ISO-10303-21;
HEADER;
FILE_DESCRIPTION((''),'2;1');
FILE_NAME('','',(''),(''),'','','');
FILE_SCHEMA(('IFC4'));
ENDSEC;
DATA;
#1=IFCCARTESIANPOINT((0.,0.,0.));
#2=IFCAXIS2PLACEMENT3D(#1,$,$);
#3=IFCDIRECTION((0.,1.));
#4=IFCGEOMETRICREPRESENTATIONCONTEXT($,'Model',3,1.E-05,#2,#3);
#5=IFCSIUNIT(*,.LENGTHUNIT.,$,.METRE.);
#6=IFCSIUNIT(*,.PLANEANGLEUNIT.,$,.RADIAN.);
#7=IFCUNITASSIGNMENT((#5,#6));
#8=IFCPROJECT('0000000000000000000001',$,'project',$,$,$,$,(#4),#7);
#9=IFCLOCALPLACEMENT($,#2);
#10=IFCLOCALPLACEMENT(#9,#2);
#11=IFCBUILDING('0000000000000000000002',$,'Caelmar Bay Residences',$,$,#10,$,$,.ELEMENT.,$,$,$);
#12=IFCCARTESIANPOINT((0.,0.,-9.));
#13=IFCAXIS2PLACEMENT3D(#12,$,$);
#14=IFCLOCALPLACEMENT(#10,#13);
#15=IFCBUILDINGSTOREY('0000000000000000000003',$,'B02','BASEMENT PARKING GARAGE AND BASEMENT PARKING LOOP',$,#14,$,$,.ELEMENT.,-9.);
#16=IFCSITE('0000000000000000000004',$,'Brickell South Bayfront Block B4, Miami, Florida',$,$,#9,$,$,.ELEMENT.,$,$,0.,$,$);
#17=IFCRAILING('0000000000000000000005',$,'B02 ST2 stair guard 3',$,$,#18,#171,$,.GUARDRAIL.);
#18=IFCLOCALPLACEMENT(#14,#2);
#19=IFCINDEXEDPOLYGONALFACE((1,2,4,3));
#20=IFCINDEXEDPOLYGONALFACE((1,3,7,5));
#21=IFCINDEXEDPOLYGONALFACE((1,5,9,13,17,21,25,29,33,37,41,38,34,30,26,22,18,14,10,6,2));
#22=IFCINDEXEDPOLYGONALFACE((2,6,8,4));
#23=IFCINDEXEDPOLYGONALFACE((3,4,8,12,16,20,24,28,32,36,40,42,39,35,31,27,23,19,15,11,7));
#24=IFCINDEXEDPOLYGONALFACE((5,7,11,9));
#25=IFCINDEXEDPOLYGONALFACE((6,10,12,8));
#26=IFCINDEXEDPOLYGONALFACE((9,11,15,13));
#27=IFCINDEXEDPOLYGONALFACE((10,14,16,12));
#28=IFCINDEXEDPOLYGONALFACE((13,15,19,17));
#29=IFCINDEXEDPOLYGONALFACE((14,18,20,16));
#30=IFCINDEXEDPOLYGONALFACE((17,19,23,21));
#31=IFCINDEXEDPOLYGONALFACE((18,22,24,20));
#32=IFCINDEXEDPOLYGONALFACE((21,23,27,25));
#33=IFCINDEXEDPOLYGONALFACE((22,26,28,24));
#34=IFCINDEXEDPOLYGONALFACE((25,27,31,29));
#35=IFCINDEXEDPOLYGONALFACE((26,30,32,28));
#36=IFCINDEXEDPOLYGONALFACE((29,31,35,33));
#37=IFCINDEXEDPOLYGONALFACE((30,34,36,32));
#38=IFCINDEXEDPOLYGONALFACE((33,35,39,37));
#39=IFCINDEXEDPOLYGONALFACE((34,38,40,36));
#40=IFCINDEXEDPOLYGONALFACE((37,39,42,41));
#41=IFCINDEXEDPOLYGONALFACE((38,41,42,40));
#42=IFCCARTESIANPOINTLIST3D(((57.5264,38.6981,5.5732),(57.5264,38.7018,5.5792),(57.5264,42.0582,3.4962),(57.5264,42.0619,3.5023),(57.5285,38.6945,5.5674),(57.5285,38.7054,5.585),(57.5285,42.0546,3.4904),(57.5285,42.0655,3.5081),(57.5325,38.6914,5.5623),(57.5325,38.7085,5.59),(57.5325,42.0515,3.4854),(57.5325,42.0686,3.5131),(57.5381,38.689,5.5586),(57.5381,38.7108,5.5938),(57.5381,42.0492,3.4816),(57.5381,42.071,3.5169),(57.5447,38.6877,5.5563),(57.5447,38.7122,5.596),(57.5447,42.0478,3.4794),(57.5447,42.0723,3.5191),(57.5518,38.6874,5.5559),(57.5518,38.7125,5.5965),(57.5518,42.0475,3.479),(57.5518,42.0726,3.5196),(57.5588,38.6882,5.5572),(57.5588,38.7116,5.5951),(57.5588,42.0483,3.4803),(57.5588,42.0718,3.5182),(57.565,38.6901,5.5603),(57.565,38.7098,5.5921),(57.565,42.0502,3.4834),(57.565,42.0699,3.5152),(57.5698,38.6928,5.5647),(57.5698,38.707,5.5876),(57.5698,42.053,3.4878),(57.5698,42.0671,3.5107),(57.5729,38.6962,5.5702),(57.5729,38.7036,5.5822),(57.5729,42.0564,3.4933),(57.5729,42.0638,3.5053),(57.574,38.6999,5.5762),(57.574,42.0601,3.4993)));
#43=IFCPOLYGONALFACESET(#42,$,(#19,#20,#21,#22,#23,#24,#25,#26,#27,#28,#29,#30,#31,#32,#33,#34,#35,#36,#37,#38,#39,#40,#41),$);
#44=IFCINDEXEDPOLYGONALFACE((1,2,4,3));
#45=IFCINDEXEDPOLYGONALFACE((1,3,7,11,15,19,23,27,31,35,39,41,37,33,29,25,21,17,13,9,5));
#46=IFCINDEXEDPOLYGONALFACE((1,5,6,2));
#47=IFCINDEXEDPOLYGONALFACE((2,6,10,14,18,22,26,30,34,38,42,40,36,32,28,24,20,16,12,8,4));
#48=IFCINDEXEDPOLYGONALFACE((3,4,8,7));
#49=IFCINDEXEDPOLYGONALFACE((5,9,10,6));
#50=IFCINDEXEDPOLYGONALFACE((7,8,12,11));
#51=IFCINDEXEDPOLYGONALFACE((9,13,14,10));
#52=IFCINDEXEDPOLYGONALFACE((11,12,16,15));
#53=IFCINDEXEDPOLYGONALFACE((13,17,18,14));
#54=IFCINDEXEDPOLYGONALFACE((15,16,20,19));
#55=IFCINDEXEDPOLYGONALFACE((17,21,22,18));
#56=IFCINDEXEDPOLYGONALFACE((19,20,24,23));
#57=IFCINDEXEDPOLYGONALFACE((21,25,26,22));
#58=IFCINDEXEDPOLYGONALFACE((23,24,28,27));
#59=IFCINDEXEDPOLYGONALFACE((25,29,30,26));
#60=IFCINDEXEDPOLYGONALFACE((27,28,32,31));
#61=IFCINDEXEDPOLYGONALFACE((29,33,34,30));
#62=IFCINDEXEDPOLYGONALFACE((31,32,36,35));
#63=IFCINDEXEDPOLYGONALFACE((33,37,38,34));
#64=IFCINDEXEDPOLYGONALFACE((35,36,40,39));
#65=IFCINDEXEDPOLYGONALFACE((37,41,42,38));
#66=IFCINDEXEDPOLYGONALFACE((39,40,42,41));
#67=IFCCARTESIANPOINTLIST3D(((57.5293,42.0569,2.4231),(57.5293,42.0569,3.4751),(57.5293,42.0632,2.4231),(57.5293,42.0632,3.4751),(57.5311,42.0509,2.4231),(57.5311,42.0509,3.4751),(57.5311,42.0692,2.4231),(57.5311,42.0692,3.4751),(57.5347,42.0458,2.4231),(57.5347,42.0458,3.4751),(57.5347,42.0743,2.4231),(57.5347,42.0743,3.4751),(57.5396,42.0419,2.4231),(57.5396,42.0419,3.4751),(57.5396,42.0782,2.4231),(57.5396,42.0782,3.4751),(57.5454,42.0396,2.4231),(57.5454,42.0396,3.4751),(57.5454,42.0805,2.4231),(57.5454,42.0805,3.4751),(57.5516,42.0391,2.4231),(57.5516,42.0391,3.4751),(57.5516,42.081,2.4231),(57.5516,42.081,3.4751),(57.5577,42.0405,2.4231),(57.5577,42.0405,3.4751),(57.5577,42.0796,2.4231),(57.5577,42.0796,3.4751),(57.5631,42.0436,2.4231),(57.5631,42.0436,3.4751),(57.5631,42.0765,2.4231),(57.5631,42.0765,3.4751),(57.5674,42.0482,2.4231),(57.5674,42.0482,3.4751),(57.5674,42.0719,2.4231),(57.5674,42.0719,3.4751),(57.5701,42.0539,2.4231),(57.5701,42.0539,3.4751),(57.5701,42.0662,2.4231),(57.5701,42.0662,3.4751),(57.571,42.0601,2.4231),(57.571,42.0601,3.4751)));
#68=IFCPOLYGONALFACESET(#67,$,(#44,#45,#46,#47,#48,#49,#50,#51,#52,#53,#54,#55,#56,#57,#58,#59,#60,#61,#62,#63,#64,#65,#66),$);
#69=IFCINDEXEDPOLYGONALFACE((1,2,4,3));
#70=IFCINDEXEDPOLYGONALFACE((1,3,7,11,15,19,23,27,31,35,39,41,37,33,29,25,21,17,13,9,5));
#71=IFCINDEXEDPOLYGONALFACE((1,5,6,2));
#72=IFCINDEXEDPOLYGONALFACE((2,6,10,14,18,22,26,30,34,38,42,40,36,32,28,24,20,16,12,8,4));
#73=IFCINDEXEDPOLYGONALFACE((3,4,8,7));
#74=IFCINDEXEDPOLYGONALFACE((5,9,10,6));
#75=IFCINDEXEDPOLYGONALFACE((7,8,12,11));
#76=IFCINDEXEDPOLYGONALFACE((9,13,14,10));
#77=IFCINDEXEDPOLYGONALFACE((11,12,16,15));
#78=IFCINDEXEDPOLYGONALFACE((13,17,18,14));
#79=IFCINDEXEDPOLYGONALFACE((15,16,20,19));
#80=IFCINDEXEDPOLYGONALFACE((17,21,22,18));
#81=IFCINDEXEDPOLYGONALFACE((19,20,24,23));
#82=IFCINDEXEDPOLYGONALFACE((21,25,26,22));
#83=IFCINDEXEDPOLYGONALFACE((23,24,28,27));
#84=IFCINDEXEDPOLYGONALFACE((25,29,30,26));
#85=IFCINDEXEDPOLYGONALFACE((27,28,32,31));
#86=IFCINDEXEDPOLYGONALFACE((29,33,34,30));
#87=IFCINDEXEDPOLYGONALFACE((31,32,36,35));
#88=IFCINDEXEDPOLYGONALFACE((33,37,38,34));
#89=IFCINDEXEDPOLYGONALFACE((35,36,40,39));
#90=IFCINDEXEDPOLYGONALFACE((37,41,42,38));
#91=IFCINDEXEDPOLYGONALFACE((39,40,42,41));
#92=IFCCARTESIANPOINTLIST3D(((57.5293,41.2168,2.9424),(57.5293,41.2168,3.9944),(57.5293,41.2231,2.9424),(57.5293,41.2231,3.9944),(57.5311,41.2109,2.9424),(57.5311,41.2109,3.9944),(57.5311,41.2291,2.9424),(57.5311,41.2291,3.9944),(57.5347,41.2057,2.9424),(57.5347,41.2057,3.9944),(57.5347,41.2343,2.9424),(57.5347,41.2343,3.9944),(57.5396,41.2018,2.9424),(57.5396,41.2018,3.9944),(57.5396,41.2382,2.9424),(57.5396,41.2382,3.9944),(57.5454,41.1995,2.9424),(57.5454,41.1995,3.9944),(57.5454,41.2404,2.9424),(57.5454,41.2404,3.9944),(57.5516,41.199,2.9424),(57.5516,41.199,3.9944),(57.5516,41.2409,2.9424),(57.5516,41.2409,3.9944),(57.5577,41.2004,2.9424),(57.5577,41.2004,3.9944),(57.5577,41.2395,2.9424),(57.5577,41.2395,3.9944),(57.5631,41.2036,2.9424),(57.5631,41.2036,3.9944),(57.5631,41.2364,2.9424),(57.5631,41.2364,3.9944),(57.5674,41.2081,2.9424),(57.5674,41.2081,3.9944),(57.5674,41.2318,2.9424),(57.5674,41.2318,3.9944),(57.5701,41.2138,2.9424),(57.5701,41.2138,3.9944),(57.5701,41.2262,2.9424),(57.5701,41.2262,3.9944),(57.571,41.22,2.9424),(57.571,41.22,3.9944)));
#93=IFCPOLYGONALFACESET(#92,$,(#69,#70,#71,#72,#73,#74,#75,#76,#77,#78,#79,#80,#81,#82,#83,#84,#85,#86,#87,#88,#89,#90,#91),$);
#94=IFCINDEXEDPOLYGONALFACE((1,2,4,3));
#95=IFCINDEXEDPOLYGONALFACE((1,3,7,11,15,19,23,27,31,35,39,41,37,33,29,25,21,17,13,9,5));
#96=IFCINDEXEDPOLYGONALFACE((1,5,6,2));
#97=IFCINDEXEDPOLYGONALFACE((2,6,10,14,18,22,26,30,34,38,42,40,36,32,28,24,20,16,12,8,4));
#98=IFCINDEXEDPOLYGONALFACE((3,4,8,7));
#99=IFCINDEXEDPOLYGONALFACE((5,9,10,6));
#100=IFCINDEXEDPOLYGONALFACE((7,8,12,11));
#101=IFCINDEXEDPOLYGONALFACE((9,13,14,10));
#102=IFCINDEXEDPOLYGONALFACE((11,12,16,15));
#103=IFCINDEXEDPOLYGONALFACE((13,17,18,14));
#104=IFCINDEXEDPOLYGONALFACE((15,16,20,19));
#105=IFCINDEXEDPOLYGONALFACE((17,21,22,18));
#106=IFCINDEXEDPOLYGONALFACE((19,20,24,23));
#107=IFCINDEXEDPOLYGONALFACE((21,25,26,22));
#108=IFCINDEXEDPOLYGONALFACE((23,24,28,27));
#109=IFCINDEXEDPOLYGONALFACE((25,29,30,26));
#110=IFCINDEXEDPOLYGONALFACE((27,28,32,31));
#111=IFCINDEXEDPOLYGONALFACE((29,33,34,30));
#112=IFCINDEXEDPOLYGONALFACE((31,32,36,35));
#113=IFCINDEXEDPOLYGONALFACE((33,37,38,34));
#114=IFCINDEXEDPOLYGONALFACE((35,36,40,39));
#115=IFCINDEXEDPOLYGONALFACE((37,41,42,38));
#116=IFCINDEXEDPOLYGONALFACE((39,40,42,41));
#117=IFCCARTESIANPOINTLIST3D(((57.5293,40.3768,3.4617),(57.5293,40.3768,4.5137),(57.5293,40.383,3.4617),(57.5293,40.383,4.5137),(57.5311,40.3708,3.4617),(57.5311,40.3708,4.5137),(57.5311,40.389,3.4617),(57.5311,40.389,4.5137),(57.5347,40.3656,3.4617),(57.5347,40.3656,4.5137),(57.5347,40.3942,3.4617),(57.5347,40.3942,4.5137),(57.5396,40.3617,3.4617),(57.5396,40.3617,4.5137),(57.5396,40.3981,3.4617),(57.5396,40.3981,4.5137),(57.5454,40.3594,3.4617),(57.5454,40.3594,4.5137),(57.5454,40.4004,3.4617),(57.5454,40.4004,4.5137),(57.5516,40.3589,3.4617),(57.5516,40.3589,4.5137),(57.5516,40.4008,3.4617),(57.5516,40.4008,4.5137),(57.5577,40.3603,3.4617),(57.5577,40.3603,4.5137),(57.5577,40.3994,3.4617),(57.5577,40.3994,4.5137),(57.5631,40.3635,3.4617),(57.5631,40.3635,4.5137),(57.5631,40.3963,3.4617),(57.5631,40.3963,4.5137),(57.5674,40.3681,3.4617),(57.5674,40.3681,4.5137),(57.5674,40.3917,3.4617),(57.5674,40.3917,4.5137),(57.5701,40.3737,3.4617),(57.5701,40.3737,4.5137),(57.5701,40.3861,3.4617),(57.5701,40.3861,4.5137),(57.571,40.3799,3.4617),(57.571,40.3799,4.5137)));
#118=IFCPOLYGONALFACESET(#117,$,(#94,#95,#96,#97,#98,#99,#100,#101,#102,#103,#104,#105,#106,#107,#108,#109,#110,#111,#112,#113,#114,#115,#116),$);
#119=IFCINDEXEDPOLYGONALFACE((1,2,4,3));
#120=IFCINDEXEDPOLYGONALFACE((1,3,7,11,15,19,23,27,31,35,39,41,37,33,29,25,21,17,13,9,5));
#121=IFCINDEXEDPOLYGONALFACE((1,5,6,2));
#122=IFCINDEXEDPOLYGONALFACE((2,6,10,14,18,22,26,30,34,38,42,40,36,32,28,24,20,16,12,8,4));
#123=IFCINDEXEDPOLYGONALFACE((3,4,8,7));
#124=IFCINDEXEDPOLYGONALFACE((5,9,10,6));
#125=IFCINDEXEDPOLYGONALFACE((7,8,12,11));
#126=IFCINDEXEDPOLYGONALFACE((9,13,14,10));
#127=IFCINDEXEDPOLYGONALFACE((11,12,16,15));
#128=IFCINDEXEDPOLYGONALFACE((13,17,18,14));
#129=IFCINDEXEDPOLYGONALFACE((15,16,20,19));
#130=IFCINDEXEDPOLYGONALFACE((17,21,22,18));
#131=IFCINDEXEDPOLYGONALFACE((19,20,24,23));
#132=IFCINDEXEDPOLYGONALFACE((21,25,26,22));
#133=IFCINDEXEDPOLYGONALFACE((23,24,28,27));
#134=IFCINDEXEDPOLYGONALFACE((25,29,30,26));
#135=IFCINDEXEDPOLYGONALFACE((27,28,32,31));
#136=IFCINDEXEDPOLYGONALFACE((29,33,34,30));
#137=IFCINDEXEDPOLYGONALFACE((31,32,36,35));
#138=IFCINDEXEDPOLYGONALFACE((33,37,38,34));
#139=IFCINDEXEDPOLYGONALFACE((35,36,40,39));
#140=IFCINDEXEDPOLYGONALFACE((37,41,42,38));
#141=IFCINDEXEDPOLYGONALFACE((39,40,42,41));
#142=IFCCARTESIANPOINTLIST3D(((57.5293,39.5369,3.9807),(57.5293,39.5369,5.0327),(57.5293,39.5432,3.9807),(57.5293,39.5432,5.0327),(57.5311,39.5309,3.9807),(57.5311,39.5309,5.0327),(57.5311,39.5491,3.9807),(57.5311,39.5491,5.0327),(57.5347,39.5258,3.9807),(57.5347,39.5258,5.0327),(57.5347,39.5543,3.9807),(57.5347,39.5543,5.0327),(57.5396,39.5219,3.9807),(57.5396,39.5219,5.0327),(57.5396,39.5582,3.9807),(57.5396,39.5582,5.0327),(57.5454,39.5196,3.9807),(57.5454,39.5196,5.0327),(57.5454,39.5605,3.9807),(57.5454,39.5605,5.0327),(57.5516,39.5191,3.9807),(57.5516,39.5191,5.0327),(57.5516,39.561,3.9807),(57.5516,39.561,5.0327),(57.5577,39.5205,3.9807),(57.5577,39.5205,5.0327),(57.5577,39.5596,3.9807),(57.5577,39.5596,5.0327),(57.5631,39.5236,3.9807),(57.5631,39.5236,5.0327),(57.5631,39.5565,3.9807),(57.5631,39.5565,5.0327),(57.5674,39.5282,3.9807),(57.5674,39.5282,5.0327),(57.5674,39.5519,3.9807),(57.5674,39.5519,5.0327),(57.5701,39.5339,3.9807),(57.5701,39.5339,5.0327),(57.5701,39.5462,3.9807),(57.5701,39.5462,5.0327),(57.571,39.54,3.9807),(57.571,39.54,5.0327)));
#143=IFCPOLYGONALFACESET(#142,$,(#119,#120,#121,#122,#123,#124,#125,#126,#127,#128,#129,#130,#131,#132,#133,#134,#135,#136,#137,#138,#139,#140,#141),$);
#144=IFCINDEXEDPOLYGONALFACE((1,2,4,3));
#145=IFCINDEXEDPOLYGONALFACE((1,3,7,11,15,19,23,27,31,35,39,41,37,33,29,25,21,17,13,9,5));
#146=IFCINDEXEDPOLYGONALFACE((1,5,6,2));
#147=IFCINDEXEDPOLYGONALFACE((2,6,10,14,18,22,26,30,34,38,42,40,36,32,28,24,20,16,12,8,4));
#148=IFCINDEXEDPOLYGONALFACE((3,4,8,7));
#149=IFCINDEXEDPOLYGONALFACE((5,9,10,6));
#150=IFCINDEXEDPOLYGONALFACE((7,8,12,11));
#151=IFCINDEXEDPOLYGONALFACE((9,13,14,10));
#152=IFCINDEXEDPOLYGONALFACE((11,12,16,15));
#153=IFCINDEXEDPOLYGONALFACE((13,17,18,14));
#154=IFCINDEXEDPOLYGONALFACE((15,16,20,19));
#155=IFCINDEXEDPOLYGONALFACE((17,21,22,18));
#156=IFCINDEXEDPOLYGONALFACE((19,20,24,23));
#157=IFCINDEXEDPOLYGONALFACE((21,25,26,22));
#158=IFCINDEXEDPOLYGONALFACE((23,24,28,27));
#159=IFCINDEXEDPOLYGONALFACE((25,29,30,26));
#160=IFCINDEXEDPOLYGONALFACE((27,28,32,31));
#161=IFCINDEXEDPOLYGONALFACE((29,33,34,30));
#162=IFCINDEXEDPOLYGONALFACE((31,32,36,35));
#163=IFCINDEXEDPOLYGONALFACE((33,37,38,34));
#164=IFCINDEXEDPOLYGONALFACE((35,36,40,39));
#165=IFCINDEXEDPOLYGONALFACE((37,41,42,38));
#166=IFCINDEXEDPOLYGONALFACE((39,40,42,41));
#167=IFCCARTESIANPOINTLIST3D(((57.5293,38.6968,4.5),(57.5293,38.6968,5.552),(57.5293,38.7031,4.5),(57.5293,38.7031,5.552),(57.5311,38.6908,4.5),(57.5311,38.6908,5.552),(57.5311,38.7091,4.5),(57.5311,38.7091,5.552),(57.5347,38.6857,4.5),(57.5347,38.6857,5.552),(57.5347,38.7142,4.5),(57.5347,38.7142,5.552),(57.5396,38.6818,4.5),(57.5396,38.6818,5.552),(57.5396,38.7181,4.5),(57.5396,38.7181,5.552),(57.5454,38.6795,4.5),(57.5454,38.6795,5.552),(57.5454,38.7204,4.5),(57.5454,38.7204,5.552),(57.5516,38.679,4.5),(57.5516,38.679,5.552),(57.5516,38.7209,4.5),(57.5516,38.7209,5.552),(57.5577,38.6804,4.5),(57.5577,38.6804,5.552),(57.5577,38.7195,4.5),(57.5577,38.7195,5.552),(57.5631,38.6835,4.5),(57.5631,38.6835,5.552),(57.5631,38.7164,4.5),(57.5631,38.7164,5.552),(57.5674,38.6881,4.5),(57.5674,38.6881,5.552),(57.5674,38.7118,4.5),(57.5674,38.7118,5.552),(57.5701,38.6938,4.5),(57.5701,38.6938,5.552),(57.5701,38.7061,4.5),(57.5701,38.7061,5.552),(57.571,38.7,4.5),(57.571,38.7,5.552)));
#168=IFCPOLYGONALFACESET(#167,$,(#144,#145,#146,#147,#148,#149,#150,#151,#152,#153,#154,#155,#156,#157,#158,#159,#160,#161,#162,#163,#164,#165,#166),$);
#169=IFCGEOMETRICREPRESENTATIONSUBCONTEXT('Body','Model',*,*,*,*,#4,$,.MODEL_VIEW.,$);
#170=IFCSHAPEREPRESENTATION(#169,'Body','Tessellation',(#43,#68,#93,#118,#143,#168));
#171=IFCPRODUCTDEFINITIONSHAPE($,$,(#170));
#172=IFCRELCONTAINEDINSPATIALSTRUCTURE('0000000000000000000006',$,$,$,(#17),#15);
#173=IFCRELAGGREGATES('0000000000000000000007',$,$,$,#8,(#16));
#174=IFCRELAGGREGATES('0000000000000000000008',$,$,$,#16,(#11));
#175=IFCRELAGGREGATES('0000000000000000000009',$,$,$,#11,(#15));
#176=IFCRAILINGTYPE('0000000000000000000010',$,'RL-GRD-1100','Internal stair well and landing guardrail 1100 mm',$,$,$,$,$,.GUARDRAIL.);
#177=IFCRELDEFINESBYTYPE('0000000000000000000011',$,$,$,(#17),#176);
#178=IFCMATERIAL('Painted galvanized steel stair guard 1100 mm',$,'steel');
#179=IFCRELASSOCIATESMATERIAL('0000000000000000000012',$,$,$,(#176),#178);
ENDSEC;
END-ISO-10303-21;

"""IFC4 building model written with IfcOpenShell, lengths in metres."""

from ifc_helpers import new_model, si_unit, direction, frame, origin, origin_2d, place, context, subcontext, project, spatial, circle, extrude, material, type_object, element, save


model = new_model("IFC4")

# Units and contexts
model_context = context("Model", 3, precision=1e-05, world=origin(), true_north=direction((0.0, 1.0)))
body_context = subcontext(model_context, "Body", "Model", "MODEL_VIEW")
ifc_project = project(units=[si_unit("LENGTHUNIT", "METRE"), si_unit("PLANEANGLEUNIT", "RADIAN")], contexts=[model_context])

# Site, building, storey
site_placement = place(None, origin())
site = spatial("IfcSite", under=ifc_project, at=site_placement, Name="Brickell South Bayfront Block B4, Miami, Florida", CompositionType="ELEMENT", RefElevation=0.0)
building_placement = place(site_placement, origin())
building = spatial("IfcBuilding", under=site, at=building_placement, Name="Caelmar Bay Residences", CompositionType="ELEMENT")
storey_placement = place(building_placement, frame((0.0, 0.0, -9.0)))
storey = spatial("IfcBuildingStorey", under=building, at=storey_placement, Name="B02", Description="BASEMENT PARKING GARAGE AND BASEMENT PARKING LOOP", CompositionType="ELEMENT", Elevation=-9.0)

# Railing
ifc_material_1 = material(Name="Painted galvanized steel stair guard 1100 mm", Category="steel")
railing_type_1 = type_object("IfcRailingType", Name="RL-GRD-1100", Description="Internal stair well and landing guardrail 1100 mm", PredefinedType="GUARDRAIL", material=ifc_material_1)
railing_1_placement = place(storey_placement, frame((57.55, 42.0601, 2.4231)))
element("IfcRailing", 1, at=railing_1_placement, inside=storey, type_object=railing_type_1, Name="B02 ST2 stair guard 3", PredefinedType="GUARDRAIL", context=body_context, shape_type="SweptSolid", body=[
    extrude(circle(Radius=0.0239, at=origin_2d()), frame((0.0, 0.0, 1.0762), z_axis=(0.0, -0.850623, 0.525776), x_axis=(1.0, 0.0, 0.0)), (0.0, 0.0, 1.0), 3.9502),
    extrude(circle(Radius=0.021, at=origin_2d()), origin(), (0.0, 0.0, 1.0), 1.052),
    extrude(circle(Radius=0.021, at=origin_2d()), frame((0.0, -0.8401, 0.5193)), (0.0, 0.0, 1.0), 1.052),
    extrude(circle(Radius=0.021, at=origin_2d()), frame((0.0, -1.6802, 1.0386)), (0.0, 0.0, 1.0), 1.052),
    extrude(circle(Radius=0.021, at=origin_2d()), frame((0.0, -2.52, 1.5576)), (0.0, 0.0, 1.0), 1.052),
    extrude(circle(Radius=0.021, at=origin_2d()), frame((0.0, -3.3601, 2.0769)), (0.0, 0.0, 1.0), 1.052),
])

save(model, "model.ifc")
